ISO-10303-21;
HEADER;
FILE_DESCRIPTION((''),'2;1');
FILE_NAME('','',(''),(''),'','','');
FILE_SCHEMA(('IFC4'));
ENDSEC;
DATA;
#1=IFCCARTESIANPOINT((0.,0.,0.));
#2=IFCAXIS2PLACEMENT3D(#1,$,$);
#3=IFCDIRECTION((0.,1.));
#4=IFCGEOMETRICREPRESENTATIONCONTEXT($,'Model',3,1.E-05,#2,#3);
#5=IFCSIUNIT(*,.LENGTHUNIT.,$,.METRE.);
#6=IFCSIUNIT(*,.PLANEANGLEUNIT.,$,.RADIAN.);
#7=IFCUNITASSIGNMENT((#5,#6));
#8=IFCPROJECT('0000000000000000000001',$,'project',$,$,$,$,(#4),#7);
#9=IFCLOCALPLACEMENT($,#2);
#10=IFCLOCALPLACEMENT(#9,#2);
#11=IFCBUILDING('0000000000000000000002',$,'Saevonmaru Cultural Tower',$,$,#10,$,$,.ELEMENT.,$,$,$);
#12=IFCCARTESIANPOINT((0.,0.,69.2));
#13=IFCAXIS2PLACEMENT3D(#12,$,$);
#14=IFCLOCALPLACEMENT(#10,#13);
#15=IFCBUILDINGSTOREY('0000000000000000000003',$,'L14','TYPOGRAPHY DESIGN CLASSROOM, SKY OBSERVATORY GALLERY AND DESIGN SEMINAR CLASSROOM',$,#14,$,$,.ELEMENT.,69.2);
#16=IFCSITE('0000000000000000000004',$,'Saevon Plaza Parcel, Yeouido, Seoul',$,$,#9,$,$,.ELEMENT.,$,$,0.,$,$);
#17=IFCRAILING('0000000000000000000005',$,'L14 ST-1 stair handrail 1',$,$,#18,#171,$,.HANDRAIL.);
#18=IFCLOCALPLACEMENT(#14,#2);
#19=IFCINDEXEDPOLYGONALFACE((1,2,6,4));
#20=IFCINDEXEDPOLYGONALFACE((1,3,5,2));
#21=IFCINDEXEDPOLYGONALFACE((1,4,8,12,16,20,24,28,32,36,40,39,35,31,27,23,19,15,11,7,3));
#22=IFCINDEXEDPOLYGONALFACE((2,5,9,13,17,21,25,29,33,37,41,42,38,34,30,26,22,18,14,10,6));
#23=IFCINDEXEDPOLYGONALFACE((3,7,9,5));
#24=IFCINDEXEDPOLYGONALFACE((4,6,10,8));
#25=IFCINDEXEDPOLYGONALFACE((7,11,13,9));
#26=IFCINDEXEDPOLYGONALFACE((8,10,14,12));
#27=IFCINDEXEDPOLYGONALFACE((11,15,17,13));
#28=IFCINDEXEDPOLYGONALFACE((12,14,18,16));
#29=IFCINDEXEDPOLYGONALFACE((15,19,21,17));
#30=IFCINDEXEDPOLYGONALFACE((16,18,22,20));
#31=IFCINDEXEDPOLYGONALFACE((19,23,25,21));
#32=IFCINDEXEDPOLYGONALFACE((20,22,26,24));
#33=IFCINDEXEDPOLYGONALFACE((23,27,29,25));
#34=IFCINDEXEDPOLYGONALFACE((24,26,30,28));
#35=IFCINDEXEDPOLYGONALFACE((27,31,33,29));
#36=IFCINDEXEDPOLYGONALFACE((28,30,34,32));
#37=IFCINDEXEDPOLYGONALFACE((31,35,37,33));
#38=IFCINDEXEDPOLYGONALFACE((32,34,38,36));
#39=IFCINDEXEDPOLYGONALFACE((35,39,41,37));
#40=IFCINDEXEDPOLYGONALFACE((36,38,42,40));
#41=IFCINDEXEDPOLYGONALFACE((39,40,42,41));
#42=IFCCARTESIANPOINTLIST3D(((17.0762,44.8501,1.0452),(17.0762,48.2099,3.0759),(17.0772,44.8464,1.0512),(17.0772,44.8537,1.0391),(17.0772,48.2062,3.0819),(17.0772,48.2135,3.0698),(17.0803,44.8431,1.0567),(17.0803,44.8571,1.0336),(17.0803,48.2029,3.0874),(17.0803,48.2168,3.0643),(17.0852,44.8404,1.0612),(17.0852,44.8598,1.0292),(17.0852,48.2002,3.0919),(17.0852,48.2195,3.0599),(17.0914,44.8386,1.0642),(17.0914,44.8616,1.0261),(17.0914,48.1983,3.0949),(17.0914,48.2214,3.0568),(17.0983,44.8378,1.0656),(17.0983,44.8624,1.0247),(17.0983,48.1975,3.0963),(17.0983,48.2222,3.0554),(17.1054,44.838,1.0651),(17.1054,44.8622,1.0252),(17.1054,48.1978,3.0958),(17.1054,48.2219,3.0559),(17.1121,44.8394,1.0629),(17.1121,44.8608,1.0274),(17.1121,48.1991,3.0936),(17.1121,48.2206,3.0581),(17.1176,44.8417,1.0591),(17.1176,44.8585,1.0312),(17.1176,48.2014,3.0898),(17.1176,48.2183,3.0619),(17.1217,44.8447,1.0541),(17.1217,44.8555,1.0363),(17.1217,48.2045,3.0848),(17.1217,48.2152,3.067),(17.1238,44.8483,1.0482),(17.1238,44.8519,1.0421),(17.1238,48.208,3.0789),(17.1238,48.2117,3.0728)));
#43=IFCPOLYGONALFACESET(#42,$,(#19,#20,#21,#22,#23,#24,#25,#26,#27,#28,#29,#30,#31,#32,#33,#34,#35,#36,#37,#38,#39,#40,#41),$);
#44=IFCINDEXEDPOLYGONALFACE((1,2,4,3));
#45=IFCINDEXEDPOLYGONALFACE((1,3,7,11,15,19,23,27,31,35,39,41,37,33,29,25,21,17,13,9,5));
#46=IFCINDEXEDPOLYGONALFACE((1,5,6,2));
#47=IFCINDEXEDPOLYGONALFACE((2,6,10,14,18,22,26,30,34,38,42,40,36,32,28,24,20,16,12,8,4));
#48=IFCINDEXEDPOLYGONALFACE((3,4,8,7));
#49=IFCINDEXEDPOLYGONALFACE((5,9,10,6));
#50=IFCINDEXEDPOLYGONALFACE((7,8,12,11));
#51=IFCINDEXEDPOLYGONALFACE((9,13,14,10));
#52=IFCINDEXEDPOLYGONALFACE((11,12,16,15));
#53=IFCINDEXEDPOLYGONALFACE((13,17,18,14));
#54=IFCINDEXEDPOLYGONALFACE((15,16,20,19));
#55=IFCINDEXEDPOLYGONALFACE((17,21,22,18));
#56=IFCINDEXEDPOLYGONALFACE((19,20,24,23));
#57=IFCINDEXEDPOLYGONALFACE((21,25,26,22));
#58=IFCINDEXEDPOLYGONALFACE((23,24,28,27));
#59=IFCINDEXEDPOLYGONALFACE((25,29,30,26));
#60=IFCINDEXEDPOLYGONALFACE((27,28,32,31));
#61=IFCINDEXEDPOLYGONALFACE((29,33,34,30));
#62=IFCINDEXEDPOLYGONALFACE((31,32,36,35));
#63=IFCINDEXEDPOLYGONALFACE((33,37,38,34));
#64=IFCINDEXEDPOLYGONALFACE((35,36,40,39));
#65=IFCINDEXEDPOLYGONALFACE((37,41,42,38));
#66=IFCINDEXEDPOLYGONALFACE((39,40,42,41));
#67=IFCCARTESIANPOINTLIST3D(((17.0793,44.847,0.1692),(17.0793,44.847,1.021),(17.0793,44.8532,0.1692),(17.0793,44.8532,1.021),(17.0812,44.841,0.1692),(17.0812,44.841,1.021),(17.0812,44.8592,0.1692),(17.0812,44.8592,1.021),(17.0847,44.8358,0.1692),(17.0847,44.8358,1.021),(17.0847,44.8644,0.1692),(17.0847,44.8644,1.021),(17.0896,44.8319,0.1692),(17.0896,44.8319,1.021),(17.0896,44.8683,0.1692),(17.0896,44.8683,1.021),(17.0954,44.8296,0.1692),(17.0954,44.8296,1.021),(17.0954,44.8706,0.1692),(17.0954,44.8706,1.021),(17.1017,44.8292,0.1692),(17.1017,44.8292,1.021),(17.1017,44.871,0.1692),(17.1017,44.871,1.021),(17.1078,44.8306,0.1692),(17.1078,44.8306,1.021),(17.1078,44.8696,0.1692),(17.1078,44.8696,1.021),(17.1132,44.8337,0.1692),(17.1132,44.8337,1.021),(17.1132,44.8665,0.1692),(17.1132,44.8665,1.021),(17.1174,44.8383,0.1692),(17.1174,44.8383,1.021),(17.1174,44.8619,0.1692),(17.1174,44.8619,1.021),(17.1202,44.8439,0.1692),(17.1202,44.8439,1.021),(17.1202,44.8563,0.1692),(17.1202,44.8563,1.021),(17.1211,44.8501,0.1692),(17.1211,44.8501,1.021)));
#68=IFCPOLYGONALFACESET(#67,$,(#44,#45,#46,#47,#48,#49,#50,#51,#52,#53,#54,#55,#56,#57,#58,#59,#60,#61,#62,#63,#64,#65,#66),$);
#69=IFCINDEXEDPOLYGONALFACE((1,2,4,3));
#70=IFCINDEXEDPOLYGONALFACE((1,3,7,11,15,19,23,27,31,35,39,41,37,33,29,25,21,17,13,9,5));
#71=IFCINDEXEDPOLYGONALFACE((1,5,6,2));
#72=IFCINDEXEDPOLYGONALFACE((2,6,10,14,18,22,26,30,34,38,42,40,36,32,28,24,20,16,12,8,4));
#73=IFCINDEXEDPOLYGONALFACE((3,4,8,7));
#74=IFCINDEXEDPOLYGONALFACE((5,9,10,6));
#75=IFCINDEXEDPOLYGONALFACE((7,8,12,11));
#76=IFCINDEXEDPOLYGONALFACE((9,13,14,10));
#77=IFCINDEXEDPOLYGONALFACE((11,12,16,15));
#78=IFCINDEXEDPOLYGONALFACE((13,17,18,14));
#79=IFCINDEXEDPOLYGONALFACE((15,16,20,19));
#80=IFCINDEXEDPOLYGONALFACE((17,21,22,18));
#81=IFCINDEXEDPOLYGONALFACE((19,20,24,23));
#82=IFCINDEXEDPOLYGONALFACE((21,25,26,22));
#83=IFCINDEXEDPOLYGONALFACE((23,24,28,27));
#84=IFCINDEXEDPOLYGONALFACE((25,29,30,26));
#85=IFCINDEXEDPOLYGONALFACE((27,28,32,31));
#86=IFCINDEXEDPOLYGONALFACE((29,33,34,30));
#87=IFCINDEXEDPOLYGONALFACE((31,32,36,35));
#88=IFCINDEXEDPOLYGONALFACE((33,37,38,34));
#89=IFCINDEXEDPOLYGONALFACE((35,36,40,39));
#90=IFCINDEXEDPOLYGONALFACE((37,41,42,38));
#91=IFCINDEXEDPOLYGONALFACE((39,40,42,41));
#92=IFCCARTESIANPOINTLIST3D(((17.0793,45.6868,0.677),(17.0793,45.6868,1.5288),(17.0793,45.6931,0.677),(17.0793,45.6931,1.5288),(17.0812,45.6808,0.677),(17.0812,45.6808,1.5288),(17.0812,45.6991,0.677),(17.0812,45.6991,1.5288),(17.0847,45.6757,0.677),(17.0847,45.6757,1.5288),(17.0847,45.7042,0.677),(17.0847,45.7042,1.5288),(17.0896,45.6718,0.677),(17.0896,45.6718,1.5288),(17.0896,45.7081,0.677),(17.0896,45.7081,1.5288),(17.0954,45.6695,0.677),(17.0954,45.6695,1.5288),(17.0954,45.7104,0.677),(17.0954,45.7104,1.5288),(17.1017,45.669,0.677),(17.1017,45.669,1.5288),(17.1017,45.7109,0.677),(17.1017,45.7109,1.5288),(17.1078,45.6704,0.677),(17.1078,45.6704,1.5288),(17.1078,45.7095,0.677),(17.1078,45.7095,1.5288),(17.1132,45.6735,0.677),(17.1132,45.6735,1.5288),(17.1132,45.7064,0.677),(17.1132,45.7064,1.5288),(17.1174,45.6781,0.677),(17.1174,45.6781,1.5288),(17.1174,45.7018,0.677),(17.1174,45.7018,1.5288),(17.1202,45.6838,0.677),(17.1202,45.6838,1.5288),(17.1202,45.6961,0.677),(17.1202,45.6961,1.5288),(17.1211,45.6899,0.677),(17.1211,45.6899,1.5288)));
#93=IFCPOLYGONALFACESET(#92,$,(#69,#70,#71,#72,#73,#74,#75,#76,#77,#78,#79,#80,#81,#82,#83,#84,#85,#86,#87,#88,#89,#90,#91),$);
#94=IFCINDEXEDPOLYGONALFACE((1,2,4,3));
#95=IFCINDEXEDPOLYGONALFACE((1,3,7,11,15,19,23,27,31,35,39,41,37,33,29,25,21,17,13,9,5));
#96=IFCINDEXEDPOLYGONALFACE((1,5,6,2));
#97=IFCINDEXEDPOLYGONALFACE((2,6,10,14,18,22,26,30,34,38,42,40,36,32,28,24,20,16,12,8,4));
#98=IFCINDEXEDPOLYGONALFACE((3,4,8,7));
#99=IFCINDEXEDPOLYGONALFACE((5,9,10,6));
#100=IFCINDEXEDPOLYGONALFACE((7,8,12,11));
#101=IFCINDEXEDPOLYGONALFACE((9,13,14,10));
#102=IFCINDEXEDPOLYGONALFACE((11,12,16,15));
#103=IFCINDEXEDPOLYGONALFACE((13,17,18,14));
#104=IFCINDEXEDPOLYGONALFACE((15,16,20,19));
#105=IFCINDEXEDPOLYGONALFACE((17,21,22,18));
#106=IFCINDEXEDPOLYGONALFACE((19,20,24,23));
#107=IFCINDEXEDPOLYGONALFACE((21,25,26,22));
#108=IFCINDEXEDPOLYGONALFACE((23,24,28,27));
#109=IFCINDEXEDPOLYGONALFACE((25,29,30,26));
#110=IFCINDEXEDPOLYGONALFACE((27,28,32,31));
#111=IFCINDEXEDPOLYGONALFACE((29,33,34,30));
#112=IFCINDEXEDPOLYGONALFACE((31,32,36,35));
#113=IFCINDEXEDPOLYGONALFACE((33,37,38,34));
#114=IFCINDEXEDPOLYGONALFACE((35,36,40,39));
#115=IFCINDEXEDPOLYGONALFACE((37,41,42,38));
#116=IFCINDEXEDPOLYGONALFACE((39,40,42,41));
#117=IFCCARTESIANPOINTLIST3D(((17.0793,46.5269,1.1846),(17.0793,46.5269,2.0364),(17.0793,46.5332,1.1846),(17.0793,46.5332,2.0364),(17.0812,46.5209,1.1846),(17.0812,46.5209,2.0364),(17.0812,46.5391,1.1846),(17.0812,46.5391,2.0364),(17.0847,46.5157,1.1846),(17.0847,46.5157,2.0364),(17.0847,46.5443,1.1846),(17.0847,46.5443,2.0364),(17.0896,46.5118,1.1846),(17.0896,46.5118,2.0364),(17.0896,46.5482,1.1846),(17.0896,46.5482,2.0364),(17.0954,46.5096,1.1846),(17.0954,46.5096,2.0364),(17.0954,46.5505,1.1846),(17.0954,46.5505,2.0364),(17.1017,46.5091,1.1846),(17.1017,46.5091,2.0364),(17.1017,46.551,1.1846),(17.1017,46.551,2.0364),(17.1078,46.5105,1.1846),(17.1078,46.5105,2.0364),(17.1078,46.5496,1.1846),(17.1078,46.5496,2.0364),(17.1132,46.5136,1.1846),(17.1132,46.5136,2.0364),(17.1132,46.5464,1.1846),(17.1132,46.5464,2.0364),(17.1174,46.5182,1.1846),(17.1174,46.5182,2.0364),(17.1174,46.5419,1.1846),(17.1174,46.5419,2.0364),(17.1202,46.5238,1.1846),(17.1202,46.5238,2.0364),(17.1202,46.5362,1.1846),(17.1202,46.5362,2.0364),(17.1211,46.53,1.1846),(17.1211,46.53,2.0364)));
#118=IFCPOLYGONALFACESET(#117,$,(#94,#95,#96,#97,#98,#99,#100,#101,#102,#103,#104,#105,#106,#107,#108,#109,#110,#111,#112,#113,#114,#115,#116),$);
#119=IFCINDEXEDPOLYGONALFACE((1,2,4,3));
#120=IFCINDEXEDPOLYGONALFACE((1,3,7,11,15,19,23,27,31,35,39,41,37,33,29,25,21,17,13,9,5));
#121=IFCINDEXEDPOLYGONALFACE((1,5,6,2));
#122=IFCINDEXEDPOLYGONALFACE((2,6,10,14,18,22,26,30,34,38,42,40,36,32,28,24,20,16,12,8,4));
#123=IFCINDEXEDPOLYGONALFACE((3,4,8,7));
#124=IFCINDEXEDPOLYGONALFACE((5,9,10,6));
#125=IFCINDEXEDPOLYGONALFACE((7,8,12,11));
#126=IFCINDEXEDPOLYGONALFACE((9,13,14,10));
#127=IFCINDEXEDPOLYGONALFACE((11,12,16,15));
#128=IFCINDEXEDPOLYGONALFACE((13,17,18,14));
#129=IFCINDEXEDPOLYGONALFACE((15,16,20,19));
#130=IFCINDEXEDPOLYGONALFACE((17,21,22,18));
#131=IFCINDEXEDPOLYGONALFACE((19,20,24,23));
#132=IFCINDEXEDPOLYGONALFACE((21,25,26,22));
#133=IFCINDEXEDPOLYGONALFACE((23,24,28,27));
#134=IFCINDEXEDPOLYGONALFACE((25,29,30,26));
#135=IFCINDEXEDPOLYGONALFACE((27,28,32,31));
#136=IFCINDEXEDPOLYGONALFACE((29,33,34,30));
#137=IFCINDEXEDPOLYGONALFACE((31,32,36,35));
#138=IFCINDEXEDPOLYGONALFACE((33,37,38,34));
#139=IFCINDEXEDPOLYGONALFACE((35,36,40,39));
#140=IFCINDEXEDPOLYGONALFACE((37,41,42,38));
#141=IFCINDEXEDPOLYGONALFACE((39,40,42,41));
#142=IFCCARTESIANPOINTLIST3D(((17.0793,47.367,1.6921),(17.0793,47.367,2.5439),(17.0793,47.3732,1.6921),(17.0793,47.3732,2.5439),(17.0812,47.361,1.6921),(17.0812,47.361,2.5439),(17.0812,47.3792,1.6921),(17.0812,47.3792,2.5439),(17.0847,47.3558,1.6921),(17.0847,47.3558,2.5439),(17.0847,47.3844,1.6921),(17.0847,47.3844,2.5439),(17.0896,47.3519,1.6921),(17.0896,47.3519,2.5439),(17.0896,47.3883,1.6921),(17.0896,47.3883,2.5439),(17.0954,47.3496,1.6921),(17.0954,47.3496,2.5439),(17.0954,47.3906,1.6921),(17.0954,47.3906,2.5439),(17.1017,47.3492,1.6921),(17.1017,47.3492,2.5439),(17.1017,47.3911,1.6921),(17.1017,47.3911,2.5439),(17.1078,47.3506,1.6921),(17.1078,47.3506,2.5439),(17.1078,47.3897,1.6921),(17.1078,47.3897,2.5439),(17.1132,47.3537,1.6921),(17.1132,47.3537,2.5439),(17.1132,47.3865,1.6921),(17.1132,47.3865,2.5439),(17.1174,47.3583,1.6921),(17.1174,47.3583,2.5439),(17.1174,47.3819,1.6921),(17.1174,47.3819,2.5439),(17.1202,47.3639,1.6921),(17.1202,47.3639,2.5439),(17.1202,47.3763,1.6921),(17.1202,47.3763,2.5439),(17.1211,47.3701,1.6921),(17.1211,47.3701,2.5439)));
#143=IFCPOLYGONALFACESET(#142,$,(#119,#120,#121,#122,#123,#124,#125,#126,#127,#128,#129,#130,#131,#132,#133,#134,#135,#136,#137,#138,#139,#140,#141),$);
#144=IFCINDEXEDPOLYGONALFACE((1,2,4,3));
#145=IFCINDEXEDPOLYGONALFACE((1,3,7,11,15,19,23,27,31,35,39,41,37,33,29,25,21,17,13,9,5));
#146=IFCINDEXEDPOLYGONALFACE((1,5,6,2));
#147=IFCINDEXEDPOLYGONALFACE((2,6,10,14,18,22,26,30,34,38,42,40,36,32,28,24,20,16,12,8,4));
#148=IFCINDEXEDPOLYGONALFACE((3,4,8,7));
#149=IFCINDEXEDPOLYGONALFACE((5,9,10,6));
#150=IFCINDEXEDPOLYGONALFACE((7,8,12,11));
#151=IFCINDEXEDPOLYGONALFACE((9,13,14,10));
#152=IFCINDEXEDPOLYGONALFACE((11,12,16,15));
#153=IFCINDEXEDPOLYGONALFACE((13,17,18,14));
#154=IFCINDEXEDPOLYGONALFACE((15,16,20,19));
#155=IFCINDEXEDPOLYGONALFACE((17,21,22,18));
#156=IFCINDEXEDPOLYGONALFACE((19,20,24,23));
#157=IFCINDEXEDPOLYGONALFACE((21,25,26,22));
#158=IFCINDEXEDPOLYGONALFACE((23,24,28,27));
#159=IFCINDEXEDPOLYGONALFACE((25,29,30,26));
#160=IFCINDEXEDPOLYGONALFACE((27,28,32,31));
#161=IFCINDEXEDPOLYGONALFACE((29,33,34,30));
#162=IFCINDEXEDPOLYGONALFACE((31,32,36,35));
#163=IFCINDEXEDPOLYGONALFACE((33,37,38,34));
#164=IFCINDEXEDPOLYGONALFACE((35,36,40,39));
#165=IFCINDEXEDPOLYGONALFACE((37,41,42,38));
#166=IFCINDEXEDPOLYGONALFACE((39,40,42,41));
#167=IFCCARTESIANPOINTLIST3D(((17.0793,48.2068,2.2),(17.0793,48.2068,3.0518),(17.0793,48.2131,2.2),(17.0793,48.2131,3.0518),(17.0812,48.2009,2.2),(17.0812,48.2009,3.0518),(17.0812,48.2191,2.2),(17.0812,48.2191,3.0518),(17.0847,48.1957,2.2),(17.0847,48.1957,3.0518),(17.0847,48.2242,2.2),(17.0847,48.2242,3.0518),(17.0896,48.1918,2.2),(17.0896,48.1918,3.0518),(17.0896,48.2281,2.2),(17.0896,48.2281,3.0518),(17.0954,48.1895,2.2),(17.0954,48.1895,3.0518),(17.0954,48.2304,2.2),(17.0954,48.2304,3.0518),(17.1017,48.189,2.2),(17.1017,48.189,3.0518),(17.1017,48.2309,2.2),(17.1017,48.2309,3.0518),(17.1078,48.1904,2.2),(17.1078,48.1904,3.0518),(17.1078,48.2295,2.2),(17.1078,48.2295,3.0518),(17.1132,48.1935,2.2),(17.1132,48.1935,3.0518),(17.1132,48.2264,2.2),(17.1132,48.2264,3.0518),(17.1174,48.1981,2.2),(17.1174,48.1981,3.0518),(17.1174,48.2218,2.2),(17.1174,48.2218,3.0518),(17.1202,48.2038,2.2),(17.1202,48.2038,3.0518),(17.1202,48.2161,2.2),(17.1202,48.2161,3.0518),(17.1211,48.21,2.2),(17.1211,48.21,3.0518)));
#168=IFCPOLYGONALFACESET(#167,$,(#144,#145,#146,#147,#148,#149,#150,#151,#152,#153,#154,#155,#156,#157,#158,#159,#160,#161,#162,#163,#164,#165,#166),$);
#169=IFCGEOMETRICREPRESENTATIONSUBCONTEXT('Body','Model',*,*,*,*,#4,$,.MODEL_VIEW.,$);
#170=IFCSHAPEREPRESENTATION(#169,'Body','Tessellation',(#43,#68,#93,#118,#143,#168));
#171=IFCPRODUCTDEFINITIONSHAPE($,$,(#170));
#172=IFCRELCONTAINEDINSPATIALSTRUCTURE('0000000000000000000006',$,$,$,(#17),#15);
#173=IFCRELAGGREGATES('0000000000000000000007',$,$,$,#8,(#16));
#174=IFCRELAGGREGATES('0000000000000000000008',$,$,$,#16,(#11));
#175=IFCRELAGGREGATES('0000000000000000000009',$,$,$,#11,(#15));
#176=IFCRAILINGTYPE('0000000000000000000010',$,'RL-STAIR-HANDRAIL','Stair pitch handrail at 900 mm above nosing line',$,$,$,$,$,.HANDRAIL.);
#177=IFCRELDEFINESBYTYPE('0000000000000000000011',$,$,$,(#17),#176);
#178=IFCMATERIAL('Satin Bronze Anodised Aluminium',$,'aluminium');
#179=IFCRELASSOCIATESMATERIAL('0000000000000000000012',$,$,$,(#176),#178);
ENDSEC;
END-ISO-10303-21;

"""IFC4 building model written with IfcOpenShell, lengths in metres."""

from ifc_helpers import new_model, si_unit, direction, frame, origin, origin_2d, place, context, subcontext, project, spatial, circle, extrude, material, type_object, element, save


model = new_model("IFC4")

# Units and contexts
model_context = context("Model", 3, precision=1e-05, world=origin(), true_north=direction((0.0, 1.0)))
body_context = subcontext(model_context, "Body", "Model", "MODEL_VIEW")
ifc_project = project(units=[si_unit("LENGTHUNIT", "METRE"), si_unit("PLANEANGLEUNIT", "RADIAN")], contexts=[model_context])

# Site, building, storey
site_placement = place(None, origin())
site = spatial("IfcSite", under=ifc_project, at=site_placement, Name="Saevon Plaza Parcel, Yeouido, Seoul", CompositionType="ELEMENT", RefElevation=0.0)
building_placement = place(site_placement, origin())
building = spatial("IfcBuilding", under=site, at=building_placement, Name="Saevonmaru Cultural Tower", CompositionType="ELEMENT")
storey_placement = place(building_placement, frame((0.0, 0.0, 69.2)))
storey = spatial("IfcBuildingStorey", under=building, at=storey_placement, Name="L14", Description="TYPOGRAPHY DESIGN CLASSROOM, SKY OBSERVATORY GALLERY AND DESIGN SEMINAR CLASSROOM", CompositionType="ELEMENT", Elevation=69.2)

# Shared definitions
ifc_material_1 = material(Name="Satin Bronze Anodised Aluminium", Category="aluminium")

# Railing
railing_type_1 = type_object("IfcRailingType", Name="RL-STAIR-HANDRAIL", Description="Stair pitch handrail at 900 mm above nosing line", PredefinedType="HANDRAIL", material=ifc_material_1)
railing_1_placement = place(storey_placement, frame((17.1001, 44.8501, 0.1692)))
element("IfcRailing", 1, at=railing_1_placement, inside=storey, type_object=railing_type_1, Name="L14 ST-1 stair handrail 1", PredefinedType="HANDRAIL", context=body_context, shape_type="SweptSolid", body=[
    extrude(circle(Radius=0.0239, at=origin_2d()), frame((0.0, 0.0, 0.876), z_axis=(0.0, 0.85582, 0.517273), x_axis=(-1.0, 0.0, 0.0)), (0.0, 0.0, 1.0), 3.9258),
    extrude(circle(Radius=0.021, at=origin_2d()), origin(), (0.0, 0.0, 1.0), 0.8518),
    extrude(circle(Radius=0.021, at=origin_2d()), frame((0.0, 0.8398, 0.5078)), (0.0, 0.0, 1.0), 0.8518),
    extrude(circle(Radius=0.021, at=origin_2d()), frame((0.0, 1.6799, 1.0154)), (0.0, 0.0, 1.0), 0.8518),
    extrude(circle(Radius=0.021, at=origin_2d()), frame((0.0, 2.52, 1.5229)), (0.0, 0.0, 1.0), 0.8518),
    extrude(circle(Radius=0.021, at=origin_2d()), frame((0.0, 3.3599, 2.0308)), (0.0, 0.0, 1.0), 0.8518),
])

save(model, "model.ifc")
